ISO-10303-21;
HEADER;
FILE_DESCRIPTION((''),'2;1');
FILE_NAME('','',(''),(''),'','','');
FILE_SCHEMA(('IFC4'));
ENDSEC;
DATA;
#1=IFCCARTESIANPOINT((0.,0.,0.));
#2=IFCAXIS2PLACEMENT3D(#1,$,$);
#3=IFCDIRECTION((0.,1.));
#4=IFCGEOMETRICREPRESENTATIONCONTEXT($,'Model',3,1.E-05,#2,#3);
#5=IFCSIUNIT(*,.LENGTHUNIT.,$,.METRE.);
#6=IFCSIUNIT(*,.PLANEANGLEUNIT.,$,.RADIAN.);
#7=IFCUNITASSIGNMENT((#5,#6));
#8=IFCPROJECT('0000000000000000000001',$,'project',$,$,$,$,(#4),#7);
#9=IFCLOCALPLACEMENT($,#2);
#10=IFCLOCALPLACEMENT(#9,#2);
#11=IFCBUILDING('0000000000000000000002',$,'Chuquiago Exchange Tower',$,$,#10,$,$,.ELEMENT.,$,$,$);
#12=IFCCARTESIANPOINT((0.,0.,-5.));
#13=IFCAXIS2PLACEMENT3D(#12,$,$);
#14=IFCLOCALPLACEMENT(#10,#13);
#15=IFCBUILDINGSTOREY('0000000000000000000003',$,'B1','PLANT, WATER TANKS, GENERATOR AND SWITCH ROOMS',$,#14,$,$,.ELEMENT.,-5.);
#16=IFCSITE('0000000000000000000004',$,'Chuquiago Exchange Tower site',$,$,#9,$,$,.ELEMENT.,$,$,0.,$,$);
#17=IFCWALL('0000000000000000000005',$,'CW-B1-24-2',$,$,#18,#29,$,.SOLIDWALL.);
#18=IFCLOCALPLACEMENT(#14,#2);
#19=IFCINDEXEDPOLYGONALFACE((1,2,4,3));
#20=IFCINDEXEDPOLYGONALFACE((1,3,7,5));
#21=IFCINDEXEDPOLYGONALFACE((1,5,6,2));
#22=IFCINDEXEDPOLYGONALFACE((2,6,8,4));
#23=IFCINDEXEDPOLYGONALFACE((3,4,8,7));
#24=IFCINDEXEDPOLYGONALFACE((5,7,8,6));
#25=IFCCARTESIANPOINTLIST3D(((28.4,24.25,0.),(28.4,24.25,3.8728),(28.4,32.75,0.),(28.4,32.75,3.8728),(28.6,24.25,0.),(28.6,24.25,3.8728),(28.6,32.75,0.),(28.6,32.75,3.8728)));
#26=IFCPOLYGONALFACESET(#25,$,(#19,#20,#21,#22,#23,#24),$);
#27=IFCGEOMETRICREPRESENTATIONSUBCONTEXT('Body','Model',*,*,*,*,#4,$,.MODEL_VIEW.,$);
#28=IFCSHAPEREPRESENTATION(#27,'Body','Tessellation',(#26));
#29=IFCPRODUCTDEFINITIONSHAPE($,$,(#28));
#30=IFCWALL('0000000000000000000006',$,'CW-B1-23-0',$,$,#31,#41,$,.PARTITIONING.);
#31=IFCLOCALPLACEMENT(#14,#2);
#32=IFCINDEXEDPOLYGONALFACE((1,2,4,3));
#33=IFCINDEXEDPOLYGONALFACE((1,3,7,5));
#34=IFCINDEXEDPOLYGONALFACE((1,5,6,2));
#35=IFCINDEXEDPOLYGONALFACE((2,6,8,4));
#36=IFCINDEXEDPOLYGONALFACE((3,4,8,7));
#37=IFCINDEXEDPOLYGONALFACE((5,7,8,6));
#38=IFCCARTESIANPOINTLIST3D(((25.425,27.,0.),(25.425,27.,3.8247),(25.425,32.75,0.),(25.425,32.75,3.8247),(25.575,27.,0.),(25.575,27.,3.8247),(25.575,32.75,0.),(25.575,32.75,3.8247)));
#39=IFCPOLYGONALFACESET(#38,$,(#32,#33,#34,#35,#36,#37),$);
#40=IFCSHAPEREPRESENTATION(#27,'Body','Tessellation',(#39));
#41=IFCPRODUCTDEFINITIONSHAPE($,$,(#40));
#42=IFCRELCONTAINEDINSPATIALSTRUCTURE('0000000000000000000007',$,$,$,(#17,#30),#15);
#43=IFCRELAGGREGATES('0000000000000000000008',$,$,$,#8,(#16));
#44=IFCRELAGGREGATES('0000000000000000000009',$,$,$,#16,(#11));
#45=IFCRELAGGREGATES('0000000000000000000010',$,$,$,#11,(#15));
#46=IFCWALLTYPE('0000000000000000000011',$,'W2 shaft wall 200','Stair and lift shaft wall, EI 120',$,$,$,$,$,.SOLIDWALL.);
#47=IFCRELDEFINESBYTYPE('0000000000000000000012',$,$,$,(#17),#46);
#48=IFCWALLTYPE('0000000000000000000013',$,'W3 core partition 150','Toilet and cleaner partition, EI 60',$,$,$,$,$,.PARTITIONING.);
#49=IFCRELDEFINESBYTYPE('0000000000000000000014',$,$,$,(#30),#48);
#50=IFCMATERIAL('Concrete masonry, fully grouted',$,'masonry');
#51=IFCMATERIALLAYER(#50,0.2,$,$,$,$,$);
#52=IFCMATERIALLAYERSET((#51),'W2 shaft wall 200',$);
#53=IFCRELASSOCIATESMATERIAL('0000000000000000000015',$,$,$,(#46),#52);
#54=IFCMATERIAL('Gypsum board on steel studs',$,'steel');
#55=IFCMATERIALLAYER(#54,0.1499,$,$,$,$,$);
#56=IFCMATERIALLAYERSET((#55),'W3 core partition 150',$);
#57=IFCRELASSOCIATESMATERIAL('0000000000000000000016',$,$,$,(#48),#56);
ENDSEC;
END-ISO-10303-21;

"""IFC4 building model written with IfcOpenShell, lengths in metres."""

from ifc_helpers import new_model, si_unit, direction, frame, frame_2d, origin, place, context, subcontext, project, spatial, rectangle, extrude, material, layer, layer_set, type_object, element, save


model = new_model("IFC4")

# Units and contexts
model_context = context("Model", 3, precision=1e-05, world=origin(), true_north=direction((0.0, 1.0)))
body_context = subcontext(model_context, "Body", "Model", "MODEL_VIEW")
ifc_project = project(units=[si_unit("LENGTHUNIT", "METRE"), si_unit("PLANEANGLEUNIT", "RADIAN")], contexts=[model_context])

# Site, building, storey
site_placement = place(None, origin())
site = spatial("IfcSite", under=ifc_project, at=site_placement, Name="Chuquiago Exchange Tower site", CompositionType="ELEMENT", RefElevation=0.0)
building_placement = place(site_placement, origin())
building = spatial("IfcBuilding", under=site, at=building_placement, Name="Chuquiago Exchange Tower", CompositionType="ELEMENT")
storey_placement = place(building_placement, frame((0.0, 0.0, -5.0)))
storey = spatial("IfcBuildingStorey", under=building, at=storey_placement, Name="B1", Description="PLANT, WATER TANKS, GENERATOR AND SWITCH ROOMS", CompositionType="ELEMENT", Elevation=-5.0)

# Shared definitions
ifc_material_1 = material(Name="Concrete masonry, fully grouted", Category="masonry")
ifc_layer_1 = layer(ifc_material_1, 0.2)
ifc_layer_set_1 = layer_set([ifc_layer_1], Name="W2 shaft wall 200")
wall_type_1 = type_object("IfcWallType", Name="W2 shaft wall 200", Description="Stair and lift shaft wall, EI 120", PredefinedType="SOLIDWALL", material=ifc_layer_set_1)

# Walls
wall_1_placement = place(storey_placement, frame((28.5, 24.25, 0.0), z_axis=(0.0, 0.0, 1.0), x_axis=(0.0, 1.0, 0.0)))
element("IfcWall", 1, at=wall_1_placement, inside=storey, type_object=wall_type_1, Name="CW-B1-24-2", PredefinedType="SOLIDWALL", context=body_context, shape_type="SweptSolid", body=[
    extrude(rectangle(XDim=8.5, YDim=0.2, at=frame_2d((4.25, 0.0))), origin(), (0.0, 0.0, 1.0), 3.8728),
])
ifc_material_2 = material(Name="Gypsum board on steel studs", Category="steel")
ifc_layer_2 = layer(ifc_material_2, 0.1499)
ifc_layer_set_2 = layer_set([ifc_layer_2], Name="W3 core partition 150")
wall_type_2 = type_object("IfcWallType", Name="W3 core partition 150", Description="Toilet and cleaner partition, EI 60", PredefinedType="PARTITIONING", material=ifc_layer_set_2)
wall_2_placement = place(storey_placement, frame((25.5, 27.0, 0.0), z_axis=(0.0, 0.0, 1.0), x_axis=(0.0, 1.0, 0.0)))
element("IfcWall", 2, at=wall_2_placement, inside=storey, type_object=wall_type_2, Name="CW-B1-23-0", PredefinedType="PARTITIONING", context=body_context, shape_type="SweptSolid", body=[
    extrude(rectangle(XDim=5.75, YDim=0.1499, at=frame_2d((2.875, 0.0))), origin(), (0.0, 0.0, 1.0), 3.8247),
])

save(model, "model.ifc")
